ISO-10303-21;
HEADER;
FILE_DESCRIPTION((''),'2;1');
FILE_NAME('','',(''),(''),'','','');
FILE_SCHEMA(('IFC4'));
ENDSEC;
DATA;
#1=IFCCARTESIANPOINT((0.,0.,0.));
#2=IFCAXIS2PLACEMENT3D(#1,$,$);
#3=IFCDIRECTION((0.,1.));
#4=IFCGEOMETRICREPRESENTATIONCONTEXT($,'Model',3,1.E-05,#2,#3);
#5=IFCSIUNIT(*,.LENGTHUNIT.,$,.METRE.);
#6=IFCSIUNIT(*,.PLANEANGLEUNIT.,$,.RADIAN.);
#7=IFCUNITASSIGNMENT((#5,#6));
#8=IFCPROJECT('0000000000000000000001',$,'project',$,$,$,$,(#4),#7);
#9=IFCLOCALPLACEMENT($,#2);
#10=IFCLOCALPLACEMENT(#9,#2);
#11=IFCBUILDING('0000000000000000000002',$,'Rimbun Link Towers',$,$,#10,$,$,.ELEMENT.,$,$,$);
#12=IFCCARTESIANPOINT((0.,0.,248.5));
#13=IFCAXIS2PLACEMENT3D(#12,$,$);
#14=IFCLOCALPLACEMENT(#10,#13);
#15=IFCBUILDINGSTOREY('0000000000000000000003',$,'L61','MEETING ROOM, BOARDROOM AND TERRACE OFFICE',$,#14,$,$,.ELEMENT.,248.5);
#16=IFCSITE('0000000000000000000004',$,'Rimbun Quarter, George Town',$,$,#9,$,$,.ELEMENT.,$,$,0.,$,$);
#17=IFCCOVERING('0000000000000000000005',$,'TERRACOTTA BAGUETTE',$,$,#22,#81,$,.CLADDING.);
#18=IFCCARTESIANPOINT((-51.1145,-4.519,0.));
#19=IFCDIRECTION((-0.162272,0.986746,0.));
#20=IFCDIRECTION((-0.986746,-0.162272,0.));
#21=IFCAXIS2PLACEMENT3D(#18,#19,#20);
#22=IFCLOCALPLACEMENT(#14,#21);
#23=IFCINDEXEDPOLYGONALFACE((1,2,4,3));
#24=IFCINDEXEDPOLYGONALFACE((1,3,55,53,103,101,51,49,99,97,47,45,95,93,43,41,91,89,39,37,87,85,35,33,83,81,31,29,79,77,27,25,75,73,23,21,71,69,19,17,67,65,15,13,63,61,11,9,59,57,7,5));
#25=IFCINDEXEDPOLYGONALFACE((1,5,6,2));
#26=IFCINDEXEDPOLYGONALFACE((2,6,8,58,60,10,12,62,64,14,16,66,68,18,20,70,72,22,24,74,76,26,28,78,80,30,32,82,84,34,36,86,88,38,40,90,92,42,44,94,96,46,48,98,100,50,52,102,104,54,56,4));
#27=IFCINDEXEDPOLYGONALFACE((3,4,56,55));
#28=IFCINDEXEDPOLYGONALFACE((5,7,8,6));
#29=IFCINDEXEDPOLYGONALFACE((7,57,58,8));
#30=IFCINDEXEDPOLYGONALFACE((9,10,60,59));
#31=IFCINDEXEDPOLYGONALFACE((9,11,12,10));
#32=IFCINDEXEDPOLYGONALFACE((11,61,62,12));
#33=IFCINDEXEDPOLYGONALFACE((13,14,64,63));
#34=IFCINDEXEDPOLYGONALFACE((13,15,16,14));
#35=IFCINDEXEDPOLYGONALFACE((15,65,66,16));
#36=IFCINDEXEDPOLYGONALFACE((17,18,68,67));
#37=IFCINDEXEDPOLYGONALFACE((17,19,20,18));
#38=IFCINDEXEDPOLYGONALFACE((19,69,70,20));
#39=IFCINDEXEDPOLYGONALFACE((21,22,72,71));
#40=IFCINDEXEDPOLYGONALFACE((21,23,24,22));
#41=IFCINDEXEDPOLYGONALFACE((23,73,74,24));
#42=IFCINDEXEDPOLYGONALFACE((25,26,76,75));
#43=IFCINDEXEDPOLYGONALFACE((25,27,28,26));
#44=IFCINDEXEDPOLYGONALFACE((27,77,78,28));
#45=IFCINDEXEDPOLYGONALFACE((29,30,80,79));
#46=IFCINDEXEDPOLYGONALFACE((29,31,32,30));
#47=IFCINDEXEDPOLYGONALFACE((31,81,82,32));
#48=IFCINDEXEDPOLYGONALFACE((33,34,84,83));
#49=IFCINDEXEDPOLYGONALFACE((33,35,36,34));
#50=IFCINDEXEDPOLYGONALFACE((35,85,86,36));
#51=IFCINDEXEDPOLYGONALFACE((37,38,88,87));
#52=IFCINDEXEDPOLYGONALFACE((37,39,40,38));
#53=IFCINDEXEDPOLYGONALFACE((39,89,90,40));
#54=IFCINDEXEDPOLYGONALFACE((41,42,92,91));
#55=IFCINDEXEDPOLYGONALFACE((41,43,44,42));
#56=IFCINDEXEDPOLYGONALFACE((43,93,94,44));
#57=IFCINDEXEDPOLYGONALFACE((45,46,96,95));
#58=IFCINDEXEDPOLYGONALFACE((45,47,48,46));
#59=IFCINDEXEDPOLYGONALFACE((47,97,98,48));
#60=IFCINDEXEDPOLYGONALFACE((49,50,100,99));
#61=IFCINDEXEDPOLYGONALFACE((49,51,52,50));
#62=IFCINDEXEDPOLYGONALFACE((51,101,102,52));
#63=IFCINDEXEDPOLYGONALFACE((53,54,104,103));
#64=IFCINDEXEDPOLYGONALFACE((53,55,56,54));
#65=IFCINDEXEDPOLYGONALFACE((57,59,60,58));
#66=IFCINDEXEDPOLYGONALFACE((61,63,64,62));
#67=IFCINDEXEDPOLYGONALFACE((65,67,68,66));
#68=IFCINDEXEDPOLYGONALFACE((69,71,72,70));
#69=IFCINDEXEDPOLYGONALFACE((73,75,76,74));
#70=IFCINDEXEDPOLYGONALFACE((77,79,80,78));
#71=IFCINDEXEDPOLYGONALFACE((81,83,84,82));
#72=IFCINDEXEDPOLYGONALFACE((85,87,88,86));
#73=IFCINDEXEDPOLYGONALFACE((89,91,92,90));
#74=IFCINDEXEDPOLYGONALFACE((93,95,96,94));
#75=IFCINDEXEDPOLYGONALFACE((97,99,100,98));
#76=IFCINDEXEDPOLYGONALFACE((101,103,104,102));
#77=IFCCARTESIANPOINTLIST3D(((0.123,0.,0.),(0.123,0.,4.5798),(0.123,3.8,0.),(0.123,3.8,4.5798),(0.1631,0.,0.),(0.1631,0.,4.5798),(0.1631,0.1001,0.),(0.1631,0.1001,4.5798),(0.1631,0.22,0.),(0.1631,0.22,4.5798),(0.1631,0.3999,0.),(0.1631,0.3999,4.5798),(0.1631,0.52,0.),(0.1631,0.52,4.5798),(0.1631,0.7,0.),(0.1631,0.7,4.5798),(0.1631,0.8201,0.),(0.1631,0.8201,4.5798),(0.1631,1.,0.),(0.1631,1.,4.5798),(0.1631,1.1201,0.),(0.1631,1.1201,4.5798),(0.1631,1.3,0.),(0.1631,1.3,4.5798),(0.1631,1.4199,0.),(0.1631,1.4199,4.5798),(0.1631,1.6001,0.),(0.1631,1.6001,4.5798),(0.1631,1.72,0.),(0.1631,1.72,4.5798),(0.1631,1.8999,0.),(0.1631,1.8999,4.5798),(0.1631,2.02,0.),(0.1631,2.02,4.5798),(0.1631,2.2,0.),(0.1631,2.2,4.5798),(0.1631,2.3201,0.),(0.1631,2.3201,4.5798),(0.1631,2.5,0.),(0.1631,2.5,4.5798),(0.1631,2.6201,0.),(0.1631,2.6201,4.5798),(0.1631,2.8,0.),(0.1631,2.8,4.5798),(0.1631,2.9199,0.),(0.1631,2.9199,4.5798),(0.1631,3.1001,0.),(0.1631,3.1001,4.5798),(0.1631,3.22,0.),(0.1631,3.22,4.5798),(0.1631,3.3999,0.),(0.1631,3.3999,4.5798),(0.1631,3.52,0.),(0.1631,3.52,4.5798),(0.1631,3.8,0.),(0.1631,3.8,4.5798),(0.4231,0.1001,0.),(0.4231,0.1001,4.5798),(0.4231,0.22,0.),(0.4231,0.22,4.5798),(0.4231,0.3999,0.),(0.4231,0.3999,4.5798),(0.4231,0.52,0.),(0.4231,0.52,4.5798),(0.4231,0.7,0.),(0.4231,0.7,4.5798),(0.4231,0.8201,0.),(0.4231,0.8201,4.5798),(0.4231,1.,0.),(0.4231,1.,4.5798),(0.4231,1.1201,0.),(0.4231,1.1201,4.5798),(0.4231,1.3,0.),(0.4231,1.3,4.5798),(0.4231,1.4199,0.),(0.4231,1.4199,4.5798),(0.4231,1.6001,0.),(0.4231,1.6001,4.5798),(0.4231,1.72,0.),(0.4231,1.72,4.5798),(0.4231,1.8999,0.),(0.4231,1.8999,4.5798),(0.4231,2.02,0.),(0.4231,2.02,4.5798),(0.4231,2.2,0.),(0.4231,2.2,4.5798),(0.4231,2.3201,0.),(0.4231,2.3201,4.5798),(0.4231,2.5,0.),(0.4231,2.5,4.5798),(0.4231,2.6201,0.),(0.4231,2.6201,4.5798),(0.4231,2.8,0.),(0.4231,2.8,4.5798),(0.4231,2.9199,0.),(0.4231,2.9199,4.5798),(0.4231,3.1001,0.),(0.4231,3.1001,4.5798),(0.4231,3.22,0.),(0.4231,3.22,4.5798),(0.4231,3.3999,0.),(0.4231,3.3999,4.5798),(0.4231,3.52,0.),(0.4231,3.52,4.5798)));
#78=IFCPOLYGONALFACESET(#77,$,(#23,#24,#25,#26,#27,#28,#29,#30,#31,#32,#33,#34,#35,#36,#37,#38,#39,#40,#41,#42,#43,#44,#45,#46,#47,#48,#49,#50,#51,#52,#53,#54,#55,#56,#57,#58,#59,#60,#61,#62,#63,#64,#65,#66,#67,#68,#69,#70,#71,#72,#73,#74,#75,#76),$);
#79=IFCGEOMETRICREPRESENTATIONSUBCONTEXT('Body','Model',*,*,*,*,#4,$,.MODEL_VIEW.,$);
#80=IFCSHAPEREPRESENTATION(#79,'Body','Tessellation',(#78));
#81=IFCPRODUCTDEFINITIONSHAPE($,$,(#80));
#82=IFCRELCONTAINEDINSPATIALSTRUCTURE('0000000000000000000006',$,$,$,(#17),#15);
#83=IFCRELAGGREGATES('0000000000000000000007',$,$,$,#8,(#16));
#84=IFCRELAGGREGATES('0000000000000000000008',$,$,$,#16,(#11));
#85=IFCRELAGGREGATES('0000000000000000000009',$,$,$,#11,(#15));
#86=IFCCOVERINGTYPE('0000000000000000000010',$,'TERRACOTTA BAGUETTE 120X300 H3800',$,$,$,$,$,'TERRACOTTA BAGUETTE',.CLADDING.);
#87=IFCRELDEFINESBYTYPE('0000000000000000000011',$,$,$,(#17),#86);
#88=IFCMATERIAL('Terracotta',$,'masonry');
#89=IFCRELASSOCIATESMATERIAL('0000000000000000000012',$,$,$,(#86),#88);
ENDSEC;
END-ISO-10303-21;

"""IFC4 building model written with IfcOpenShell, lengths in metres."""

from ifc_helpers import new_model, si_unit, direction, frame, origin, place, context, subcontext, project, spatial, polyline, outline, extrude, material, material_profile, profile_set, type_object, element, save


model = new_model("IFC4")

# Units and contexts
model_context = context("Model", 3, precision=1e-05, world=origin(), true_north=direction((0.0, 1.0)))
body_context = subcontext(model_context, "Body", "Model", "MODEL_VIEW")
ifc_project = project(units=[si_unit("LENGTHUNIT", "METRE"), si_unit("PLANEANGLEUNIT", "RADIAN")], contexts=[model_context])

# Site, building, storey
site_placement = place(None, origin())
site = spatial("IfcSite", under=ifc_project, at=site_placement, Name="Rimbun Quarter, George Town", CompositionType="ELEMENT", RefElevation=0.0)
building_placement = place(site_placement, origin())
building = spatial("IfcBuilding", under=site, at=building_placement, Name="Rimbun Link Towers", CompositionType="ELEMENT")
storey_placement = place(building_placement, frame((0.0, 0.0, 248.5)))
storey = spatial("IfcBuildingStorey", under=building, at=storey_placement, Name="L61", Description="MEETING ROOM, BOARDROOM AND TERRACE OFFICE", CompositionType="ELEMENT", Elevation=248.5)

# Covering
ifc_material_1 = material(Name="Terracotta", Category="masonry")
ifc_material_profile_1 = material_profile(ifc_material_1, outline(polyline([(0.123, 0.0), (0.1631, 0.0), (0.1631, 0.1001), (0.4231, 0.1001), (0.4231, 0.22), (0.1631, 0.22), (0.1631, 0.3999), (0.4231, 0.3999), (0.4231, 0.52), (0.1631, 0.52), (0.1631, 0.7), (0.4231, 0.7), (0.4231, 0.8201), (0.1631, 0.8201), (0.1631, 1.0), (0.4231, 1.0), (0.4231, 1.1201), (0.1631, 1.1201), (0.1631, 1.3), (0.4231, 1.3), (0.4231, 1.4199), (0.1631, 1.4199), (0.1631, 1.6001), (0.4231, 1.6001), (0.4231, 1.72), (0.1631, 1.72), (0.1631, 1.8999), (0.4231, 1.8999), (0.4231, 2.02), (0.1631, 2.02), (0.1631, 2.2), (0.4231, 2.2), (0.4231, 2.3201), (0.1631, 2.3201), (0.1631, 2.5), (0.4231, 2.5), (0.4231, 2.6201), (0.1631, 2.6201), (0.1631, 2.8), (0.4231, 2.8), (0.4231, 2.9199), (0.1631, 2.9199), (0.1631, 3.1001), (0.4231, 3.1001), (0.4231, 3.22), (0.1631, 3.22), (0.1631, 3.3999), (0.4231, 3.3999), (0.4231, 3.52), (0.1631, 3.52), (0.1631, 3.8), (0.123, 3.8), (0.123, 0.0)])), Name="BAGUETTE 120X300")
ifc_profile_set_1 = profile_set([ifc_material_profile_1], Name="Terracotta")
covering_type = type_object("IfcCoveringType", Name="TERRACOTTA BAGUETTE 120X300 H3800", ElementType="TERRACOTTA BAGUETTE", PredefinedType="CLADDING", material=ifc_profile_set_1)
for number, where, z_axis, x_axis, name in (
    (1, (-51.1145, -4.519, 0.0), (-0.162272, 0.986746, 0.0), (-0.986746, -0.162272, 0.0), "TERRACOTTA BAGUETTE"),
):
    element("IfcCovering", number, at=place(storey_placement, frame(where, z_axis=z_axis, x_axis=x_axis)), inside=storey, type_object=covering_type, Name=name, PredefinedType="CLADDING", context=body_context, shape_type="SweptSolid", body=[
        extrude(outline(polyline([(0.123, 0.0), (0.1631, 0.0), (0.1631, 0.1001), (0.4231, 0.1001), (0.4231, 0.22), (0.1631, 0.22), (0.1631, 0.3999), (0.4231, 0.3999), (0.4231, 0.52), (0.1631, 0.52), (0.1631, 0.7), (0.4231, 0.7), (0.4231, 0.8201), (0.1631, 0.8201), (0.1631, 1.0), (0.4231, 1.0), (0.4231, 1.1201), (0.1631, 1.1201), (0.1631, 1.3), (0.4231, 1.3), (0.4231, 1.4199), (0.1631, 1.4199), (0.1631, 1.6001), (0.4231, 1.6001), (0.4231, 1.72), (0.1631, 1.72), (0.1631, 1.8999), (0.4231, 1.8999), (0.4231, 2.02), (0.1631, 2.02), (0.1631, 2.2), (0.4231, 2.2), (0.4231, 2.3201), (0.1631, 2.3201), (0.1631, 2.5), (0.4231, 2.5), (0.4231, 2.6201), (0.1631, 2.6201), (0.1631, 2.8), (0.4231, 2.8), (0.4231, 2.9199), (0.1631, 2.9199), (0.1631, 3.1001), (0.4231, 3.1001), (0.4231, 3.22), (0.1631, 3.22), (0.1631, 3.3999), (0.4231, 3.3999), (0.4231, 3.52), (0.1631, 3.52), (0.1631, 3.8), (0.123, 3.8), (0.123, 0.0)])), origin(), (0.0, 0.0, 1.0), 4.5798),
    ])

save(model, "model.ifc")
